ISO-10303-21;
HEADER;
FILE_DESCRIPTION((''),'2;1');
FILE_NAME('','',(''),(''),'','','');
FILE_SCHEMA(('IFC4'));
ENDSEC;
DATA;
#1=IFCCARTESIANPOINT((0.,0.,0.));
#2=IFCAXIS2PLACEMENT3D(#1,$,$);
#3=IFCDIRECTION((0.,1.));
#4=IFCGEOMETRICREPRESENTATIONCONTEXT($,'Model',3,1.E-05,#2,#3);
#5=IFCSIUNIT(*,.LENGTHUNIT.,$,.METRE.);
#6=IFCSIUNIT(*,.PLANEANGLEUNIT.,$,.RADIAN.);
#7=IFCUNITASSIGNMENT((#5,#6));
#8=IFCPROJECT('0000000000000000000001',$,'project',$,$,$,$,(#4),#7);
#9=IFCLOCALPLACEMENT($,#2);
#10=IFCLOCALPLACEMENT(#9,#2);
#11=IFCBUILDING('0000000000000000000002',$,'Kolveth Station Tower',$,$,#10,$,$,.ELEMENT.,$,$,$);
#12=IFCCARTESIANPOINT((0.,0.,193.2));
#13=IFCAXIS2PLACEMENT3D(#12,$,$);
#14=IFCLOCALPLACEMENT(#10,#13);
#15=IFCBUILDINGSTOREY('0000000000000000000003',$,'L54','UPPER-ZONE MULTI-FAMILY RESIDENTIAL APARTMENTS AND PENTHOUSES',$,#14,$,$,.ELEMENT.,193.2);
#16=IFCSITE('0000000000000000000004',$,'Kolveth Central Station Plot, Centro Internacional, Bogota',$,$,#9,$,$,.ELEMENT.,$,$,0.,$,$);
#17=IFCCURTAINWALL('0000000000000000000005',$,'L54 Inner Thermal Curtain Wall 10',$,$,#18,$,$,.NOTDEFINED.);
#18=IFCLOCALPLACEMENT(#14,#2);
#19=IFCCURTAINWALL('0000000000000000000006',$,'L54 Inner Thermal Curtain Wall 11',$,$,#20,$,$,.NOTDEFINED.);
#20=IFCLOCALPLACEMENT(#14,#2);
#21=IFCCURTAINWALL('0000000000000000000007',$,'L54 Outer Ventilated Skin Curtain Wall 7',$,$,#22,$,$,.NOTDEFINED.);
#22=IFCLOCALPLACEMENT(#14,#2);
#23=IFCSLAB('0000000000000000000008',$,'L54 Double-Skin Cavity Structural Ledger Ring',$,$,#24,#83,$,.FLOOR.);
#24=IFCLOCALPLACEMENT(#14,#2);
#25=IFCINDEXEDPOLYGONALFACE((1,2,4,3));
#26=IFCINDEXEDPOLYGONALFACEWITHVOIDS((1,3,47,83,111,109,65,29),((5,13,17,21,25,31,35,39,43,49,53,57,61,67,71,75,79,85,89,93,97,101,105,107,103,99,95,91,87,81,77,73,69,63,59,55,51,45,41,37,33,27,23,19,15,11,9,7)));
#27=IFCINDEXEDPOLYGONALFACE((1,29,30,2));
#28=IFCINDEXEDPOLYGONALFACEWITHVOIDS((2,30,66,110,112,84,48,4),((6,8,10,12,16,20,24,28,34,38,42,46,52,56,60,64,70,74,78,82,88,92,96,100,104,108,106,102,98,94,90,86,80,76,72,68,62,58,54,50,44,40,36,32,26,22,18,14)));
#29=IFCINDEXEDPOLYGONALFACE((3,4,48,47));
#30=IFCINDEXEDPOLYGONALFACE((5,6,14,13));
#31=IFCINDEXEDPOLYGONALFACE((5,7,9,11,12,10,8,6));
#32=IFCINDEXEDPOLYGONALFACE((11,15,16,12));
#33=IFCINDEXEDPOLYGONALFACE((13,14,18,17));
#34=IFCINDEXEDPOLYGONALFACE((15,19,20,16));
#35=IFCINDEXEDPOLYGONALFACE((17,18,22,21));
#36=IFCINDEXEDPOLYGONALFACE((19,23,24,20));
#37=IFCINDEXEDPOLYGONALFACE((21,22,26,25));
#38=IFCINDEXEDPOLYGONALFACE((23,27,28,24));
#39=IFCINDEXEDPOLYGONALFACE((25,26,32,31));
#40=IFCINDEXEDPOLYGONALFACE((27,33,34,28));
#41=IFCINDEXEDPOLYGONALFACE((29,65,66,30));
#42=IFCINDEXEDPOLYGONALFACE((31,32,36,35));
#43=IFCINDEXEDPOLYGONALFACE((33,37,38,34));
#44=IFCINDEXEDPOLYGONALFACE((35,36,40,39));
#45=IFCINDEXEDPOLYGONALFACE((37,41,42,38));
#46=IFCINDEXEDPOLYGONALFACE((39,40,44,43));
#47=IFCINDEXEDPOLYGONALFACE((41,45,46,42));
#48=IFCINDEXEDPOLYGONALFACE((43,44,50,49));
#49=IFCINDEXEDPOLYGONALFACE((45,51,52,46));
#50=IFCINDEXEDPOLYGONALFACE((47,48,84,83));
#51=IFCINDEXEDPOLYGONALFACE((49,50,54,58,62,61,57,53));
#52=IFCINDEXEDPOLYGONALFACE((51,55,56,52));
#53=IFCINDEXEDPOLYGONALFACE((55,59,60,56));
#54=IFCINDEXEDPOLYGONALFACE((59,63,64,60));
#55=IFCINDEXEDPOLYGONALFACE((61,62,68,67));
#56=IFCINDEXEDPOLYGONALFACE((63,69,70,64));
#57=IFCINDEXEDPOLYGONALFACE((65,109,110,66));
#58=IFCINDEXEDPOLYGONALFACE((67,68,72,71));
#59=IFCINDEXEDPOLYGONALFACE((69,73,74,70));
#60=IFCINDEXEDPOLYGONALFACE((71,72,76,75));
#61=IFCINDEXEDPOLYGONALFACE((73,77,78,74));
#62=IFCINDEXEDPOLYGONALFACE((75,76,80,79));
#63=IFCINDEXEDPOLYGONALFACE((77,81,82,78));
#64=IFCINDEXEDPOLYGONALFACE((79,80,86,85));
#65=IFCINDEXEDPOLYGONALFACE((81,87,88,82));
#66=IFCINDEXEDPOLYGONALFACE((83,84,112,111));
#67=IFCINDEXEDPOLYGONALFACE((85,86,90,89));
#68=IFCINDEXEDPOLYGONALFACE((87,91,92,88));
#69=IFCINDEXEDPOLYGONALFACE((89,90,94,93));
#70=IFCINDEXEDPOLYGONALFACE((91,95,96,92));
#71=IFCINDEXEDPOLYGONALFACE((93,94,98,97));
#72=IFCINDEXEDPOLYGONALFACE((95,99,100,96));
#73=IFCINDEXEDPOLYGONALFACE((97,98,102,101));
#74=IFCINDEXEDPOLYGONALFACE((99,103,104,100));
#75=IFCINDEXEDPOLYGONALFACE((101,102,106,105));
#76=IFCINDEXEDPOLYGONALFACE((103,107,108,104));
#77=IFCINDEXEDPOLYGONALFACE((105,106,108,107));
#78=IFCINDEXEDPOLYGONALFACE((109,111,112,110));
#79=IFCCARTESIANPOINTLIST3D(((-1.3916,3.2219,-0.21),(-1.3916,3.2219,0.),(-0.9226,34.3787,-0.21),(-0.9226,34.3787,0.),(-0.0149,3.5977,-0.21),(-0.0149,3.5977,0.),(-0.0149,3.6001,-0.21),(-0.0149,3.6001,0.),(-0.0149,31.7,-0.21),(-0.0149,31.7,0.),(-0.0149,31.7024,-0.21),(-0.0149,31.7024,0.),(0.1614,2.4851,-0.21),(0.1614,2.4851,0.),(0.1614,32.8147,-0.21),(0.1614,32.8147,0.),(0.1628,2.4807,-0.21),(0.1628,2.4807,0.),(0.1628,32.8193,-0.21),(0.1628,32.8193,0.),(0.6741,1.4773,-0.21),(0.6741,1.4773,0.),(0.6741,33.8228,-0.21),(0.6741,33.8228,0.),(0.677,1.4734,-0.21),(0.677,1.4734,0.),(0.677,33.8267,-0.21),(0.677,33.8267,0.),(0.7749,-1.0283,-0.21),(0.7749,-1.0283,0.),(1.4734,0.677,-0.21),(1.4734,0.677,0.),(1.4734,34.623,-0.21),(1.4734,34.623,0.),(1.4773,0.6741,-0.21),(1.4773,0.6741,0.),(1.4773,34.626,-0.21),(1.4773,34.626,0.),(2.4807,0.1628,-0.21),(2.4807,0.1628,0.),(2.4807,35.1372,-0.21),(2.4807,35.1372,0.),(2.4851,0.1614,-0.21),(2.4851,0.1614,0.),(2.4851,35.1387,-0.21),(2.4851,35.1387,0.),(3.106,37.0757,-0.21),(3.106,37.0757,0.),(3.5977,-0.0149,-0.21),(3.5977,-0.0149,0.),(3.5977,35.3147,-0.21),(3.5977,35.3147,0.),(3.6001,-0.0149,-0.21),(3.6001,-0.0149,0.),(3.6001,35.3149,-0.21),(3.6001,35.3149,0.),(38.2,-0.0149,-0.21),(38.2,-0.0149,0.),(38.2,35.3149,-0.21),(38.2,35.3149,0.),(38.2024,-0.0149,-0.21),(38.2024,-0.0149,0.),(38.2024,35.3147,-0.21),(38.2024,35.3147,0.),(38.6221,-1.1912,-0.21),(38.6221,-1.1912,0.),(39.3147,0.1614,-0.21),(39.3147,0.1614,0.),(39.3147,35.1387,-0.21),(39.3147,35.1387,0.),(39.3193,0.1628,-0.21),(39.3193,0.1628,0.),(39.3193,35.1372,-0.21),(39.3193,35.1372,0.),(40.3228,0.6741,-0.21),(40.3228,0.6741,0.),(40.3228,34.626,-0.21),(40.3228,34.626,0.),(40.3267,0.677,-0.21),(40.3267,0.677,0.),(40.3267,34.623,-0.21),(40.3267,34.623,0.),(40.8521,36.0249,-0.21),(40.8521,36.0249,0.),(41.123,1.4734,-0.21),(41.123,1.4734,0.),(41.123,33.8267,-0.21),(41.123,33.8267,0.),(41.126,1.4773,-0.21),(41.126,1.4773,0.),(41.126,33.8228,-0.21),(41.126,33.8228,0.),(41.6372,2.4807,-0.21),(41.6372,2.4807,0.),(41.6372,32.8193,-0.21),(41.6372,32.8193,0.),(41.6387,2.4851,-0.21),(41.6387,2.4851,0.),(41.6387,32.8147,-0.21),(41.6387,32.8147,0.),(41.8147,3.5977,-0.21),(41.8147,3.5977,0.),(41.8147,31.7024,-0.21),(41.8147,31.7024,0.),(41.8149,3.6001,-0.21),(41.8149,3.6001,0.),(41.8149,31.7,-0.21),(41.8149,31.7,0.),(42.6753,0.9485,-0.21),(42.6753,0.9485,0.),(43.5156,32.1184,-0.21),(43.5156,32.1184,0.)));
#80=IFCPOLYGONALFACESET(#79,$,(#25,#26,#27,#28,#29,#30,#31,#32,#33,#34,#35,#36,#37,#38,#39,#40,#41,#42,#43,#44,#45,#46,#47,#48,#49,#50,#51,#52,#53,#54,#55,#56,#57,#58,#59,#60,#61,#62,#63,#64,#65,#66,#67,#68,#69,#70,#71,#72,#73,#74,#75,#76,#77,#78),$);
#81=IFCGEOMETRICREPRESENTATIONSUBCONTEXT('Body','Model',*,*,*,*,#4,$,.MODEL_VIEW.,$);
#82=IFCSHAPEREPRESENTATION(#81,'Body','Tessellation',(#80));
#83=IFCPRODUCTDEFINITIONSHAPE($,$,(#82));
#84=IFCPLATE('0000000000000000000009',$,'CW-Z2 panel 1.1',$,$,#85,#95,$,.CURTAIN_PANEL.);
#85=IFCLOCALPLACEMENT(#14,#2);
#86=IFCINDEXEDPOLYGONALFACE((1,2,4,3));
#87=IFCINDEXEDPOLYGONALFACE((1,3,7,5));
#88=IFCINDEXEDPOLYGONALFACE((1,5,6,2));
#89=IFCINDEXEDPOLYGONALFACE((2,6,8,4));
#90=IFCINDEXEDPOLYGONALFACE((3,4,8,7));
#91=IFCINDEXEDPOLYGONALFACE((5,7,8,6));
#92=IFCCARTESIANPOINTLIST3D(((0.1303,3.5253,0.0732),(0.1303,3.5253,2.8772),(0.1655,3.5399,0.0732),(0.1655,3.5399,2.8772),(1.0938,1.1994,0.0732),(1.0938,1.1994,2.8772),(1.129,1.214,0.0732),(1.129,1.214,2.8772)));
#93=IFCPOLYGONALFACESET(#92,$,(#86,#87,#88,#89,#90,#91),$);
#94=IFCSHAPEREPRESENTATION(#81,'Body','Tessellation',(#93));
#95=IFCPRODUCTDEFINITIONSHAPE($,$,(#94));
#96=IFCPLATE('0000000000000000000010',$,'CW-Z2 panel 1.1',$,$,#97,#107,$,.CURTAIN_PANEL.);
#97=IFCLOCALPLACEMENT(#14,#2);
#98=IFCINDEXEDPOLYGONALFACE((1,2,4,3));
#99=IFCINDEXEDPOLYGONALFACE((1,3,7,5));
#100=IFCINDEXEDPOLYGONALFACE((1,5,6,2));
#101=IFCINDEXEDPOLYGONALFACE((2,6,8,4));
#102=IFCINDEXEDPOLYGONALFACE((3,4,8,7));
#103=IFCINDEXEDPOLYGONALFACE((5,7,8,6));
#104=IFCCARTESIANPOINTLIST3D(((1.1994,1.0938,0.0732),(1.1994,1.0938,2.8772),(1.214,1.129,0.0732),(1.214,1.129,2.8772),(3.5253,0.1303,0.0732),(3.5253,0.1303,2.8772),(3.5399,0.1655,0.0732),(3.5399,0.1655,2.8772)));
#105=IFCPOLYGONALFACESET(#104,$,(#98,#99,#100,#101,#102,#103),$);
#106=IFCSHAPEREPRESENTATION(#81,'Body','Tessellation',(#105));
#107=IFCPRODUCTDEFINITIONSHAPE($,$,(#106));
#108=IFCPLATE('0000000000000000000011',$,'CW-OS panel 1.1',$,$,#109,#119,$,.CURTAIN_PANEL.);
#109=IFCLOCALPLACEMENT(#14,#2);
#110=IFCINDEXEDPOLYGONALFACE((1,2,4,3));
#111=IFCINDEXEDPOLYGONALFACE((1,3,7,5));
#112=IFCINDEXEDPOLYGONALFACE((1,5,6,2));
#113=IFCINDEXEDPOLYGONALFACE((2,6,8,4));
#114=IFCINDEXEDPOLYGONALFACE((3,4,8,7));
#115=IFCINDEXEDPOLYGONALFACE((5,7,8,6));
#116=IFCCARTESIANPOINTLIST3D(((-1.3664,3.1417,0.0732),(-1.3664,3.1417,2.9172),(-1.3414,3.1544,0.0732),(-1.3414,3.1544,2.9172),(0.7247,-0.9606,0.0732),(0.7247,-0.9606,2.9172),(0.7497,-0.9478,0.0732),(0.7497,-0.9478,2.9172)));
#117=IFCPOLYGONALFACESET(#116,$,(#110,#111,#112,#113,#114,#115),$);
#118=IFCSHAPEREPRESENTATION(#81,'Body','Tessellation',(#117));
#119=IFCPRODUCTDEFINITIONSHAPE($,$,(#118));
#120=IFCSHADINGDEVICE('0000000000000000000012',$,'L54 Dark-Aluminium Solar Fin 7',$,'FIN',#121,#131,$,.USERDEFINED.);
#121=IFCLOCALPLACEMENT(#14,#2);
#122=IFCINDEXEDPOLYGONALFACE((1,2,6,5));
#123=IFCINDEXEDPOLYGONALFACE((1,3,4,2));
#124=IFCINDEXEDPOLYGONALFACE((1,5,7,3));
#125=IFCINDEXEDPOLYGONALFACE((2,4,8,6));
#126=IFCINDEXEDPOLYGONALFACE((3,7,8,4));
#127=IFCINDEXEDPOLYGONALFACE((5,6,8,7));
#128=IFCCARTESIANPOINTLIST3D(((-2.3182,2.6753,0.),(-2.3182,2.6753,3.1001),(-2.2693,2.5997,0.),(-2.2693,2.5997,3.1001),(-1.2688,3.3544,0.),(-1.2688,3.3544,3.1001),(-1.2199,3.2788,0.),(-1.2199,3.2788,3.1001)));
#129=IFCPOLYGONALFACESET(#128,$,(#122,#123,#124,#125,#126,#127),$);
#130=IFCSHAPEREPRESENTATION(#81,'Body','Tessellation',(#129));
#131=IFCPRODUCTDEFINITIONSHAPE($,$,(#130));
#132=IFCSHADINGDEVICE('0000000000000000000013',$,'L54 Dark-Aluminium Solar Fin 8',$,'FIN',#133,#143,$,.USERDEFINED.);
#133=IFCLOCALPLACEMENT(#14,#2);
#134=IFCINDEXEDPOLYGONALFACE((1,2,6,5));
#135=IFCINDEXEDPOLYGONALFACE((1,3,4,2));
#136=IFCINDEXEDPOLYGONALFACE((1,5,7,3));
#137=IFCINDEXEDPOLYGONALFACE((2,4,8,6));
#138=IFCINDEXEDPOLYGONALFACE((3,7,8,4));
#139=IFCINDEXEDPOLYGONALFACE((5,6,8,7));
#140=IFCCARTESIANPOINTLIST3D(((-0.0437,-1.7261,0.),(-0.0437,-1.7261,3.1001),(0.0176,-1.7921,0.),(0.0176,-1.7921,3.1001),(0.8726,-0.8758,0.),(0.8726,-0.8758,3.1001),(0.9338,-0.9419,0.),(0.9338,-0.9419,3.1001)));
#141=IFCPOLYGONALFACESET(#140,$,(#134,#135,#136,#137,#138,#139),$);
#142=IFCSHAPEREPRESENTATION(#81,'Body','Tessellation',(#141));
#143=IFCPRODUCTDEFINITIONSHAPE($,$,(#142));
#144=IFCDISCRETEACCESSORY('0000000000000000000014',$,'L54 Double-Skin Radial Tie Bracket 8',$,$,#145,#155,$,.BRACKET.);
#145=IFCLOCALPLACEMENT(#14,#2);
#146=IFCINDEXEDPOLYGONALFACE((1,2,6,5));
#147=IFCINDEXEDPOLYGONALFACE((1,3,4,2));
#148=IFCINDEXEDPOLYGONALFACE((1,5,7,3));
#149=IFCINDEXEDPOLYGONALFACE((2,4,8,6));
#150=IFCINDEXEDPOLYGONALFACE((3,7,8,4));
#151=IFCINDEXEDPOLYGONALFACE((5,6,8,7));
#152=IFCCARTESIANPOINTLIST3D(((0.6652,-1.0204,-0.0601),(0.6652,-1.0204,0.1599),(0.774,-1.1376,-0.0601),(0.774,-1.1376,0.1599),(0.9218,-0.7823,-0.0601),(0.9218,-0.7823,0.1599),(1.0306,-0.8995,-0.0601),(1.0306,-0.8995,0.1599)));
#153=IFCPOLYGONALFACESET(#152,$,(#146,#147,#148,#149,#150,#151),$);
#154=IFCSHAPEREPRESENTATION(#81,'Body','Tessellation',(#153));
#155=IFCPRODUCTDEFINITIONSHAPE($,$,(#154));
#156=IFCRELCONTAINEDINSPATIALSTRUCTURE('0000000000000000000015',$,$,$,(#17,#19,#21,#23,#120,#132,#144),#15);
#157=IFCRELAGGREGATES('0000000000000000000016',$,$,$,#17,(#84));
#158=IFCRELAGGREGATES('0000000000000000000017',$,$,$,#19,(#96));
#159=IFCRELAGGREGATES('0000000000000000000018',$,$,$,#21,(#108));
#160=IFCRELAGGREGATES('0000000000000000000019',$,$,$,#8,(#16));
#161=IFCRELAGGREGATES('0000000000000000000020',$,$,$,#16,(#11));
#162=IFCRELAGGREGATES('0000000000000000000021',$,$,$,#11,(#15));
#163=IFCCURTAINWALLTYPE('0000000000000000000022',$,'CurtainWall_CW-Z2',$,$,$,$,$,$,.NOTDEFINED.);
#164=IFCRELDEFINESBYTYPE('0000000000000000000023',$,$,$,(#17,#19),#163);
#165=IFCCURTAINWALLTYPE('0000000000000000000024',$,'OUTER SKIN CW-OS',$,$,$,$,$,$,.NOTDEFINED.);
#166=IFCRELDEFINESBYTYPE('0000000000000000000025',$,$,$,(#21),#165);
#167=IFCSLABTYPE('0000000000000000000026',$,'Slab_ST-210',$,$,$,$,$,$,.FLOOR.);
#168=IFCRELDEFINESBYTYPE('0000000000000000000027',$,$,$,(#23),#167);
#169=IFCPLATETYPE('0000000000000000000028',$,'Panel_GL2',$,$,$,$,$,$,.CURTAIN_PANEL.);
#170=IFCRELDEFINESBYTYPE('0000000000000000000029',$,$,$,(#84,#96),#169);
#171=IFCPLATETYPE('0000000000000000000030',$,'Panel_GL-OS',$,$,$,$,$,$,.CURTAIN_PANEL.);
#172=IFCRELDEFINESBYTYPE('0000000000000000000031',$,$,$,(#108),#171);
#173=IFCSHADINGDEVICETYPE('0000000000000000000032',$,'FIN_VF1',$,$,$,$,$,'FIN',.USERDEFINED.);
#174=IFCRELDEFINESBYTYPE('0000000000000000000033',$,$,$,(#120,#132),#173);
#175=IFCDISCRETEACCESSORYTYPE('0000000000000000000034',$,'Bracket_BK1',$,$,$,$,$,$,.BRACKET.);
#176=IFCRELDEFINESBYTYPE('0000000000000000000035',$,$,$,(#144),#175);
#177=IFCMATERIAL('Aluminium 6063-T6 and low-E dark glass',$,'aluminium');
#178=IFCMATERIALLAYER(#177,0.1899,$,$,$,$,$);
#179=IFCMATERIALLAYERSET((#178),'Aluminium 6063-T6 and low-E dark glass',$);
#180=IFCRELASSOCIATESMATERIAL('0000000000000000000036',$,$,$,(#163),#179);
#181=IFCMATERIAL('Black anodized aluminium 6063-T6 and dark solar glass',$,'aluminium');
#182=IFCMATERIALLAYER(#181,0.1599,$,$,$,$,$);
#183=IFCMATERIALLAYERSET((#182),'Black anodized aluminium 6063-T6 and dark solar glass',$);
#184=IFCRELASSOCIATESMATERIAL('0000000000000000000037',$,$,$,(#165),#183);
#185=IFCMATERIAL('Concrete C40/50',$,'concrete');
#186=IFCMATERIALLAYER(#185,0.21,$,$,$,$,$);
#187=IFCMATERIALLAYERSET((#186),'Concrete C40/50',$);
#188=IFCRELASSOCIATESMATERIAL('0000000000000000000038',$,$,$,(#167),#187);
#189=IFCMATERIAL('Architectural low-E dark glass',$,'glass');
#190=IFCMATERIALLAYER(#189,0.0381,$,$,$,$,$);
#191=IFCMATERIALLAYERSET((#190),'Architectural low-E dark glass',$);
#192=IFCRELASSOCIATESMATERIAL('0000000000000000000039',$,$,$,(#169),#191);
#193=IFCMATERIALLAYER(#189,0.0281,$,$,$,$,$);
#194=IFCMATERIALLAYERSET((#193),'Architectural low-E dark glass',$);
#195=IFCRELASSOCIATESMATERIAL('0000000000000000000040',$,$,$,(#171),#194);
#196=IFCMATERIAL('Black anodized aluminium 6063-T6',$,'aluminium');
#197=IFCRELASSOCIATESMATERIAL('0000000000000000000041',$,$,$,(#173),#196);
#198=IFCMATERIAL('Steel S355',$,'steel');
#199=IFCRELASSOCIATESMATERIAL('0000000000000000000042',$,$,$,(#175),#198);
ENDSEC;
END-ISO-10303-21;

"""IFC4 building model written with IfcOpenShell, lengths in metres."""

from ifc_helpers import new_model, si_unit, direction, frame, origin, origin_2d, place, context, subcontext, project, spatial, polyline, rectangle, outline, extrude, source, transform, mapped, material, layer, layer_set, type_object, element, aggregate, save


model = new_model("IFC4")

# Units and contexts
model_context = context("Model", 3, precision=1e-05, world=origin(), true_north=direction((0.0, 1.0)))
body_context = subcontext(model_context, "Body", "Model", "MODEL_VIEW")
ifc_project = project(units=[si_unit("LENGTHUNIT", "METRE"), si_unit("PLANEANGLEUNIT", "RADIAN")], contexts=[model_context])

# Site, building, storey
site_placement = place(None, origin())
site = spatial("IfcSite", under=ifc_project, at=site_placement, Name="Kolveth Central Station Plot, Centro Internacional, Bogota", CompositionType="ELEMENT", RefElevation=0.0)
building_placement = place(site_placement, origin())
building = spatial("IfcBuilding", under=site, at=building_placement, Name="Kolveth Station Tower", CompositionType="ELEMENT")
storey_placement = place(building_placement, frame((0.0, 0.0, 193.2)))
storey = spatial("IfcBuildingStorey", under=building, at=storey_placement, Name="L54", Description="UPPER-ZONE MULTI-FAMILY RESIDENTIAL APARTMENTS AND PENTHOUSES", CompositionType="ELEMENT", Elevation=193.2)

# Curtain wall
ifc_material_1 = material(Name="Aluminium 6063-T6 and low-E dark glass", Category="aluminium")
ifc_layer_1 = layer(ifc_material_1, 0.1899)
ifc_layer_set_1 = layer_set([ifc_layer_1], Name="Aluminium 6063-T6 and low-E dark glass")
curtain_wall_type_1 = type_object("IfcCurtainWallType", Name="CurtainWall_CW-Z2", PredefinedType="NOTDEFINED", material=ifc_layer_set_1)
curtain_wall_1_placement = place(storey_placement, origin())
curtain_wall_1 = element("IfcCurtainWall", 1, at=curtain_wall_1_placement, inside=storey, type_object=curtain_wall_type_1, Name="L54 Inner Thermal Curtain Wall 10", PredefinedType="NOTDEFINED")
ifc_material_2 = material(Name="Black anodized aluminium 6063-T6", Category="aluminium")

# Curtain wall
curtain_wall_2_placement = place(storey_placement, origin())
curtain_wall_2 = element("IfcCurtainWall", 2, at=curtain_wall_2_placement, inside=storey, type_object=curtain_wall_type_1, Name="L54 Inner Thermal Curtain Wall 11", PredefinedType="NOTDEFINED")

# Curtain wall
ifc_material_3 = material(Name="Black anodized aluminium 6063-T6 and dark solar glass", Category="aluminium")
ifc_layer_2 = layer(ifc_material_3, 0.1599)
ifc_layer_set_2 = layer_set([ifc_layer_2], Name="Black anodized aluminium 6063-T6 and dark solar glass")
curtain_wall_type_2 = type_object("IfcCurtainWallType", Name="OUTER SKIN CW-OS", PredefinedType="NOTDEFINED", material=ifc_layer_set_2)
curtain_wall_3_placement = place(storey_placement, origin())
curtain_wall_3 = element("IfcCurtainWall", 3, at=curtain_wall_3_placement, inside=storey, type_object=curtain_wall_type_2, Name="L54 Outer Ventilated Skin Curtain Wall 7", PredefinedType="NOTDEFINED")

# Shared definitions
ifc_material_4 = material(Name="Concrete C40/50", Category="concrete")

# Slab
ifc_layer_3 = layer(ifc_material_4, 0.21)
ifc_layer_set_3 = layer_set([ifc_layer_3], Name="Concrete C40/50")
slab_type_1 = type_object("IfcSlabType", Name="Slab_ST-210", PredefinedType="FLOOR", material=ifc_layer_set_3)
slab_1_placement = place(storey_placement, frame((0.0, 0.0, -0.21)))
element("IfcSlab", 4, at=slab_1_placement, inside=storey, type_object=slab_type_1, Name="L54 Double-Skin Cavity Structural Ledger Ring", PredefinedType="FLOOR", context=body_context, shape_type="SweptSolid", body=[
    extrude(outline(polyline([(0.7749, -1.0283), (-1.3916, 3.2219), (-0.9226, 34.3787), (3.106, 37.0757), (40.8521, 36.0249), (43.5156, 32.1184), (42.6753, 0.9485), (38.6221, -1.1912), (0.7749, -1.0283)]), holes=[polyline([(38.2024, -0.0149), (39.3147, 0.1614), (39.3193, 0.1628), (40.3228, 0.6741), (40.3267, 0.677), (41.123, 1.4734), (41.126, 1.4773), (41.6372, 2.4807), (41.6387, 2.4851), (41.8147, 3.5977), (41.8149, 3.6001), (41.8149, 31.7), (41.8147, 31.7024), (41.6387, 32.8147), (41.6372, 32.8193), (41.126, 33.8228), (41.123, 33.8267), (40.3267, 34.623), (40.3228, 34.626), (39.3193, 35.1372), (39.3147, 35.1387), (38.2024, 35.3147), (38.2, 35.3149), (3.6001, 35.3149), (3.5977, 35.3147), (2.4851, 35.1387), (2.4807, 35.1372), (1.4773, 34.626), (1.4734, 34.623), (0.677, 33.8267), (0.6741, 33.8228), (0.1628, 32.8193), (0.1614, 32.8147), (-0.0149, 31.7024), (-0.0149, 31.7), (-0.0149, 3.6001), (-0.0149, 3.5977), (0.1614, 2.4851), (0.1628, 2.4807), (0.6741, 1.4773), (0.677, 1.4734), (1.4734, 0.677), (1.4773, 0.6741), (2.4807, 0.1628), (2.4851, 0.1614), (3.5977, -0.0149), (3.6001, -0.0149), (38.2, -0.0149), (38.2024, -0.0149)])]), origin(), (0.0, 0.0, 1.0), 0.21),
])

# Plates
ifc_material_5 = material(Name="Architectural low-E dark glass", Category="glass")
ifc_layer_4 = layer(ifc_material_5, 0.0381)
ifc_layer_set_4 = layer_set([ifc_layer_4], Name="Architectural low-E dark glass")
plate_type_1 = type_object("IfcPlateType", Name="Panel_GL2", PredefinedType="CURTAIN_PANEL", material=ifc_layer_set_4)
shared_shape_1 = source(origin(), body_context, "Body", "SweptSolid", [
    extrude(rectangle(XDim=2.5176, YDim=0.0381, at=origin_2d()), origin(), (0.0, 0.0, 1.0), 2.804),
])
plate_1_placement = place(storey_placement, frame((0.6296, 2.3696, 0.0732), z_axis=(0.0, 0.0, 1.0), x_axis=(0.382698, -0.923874, 0.0)))
plate_1 = element("IfcPlate", 5, at=plate_1_placement, type_object=plate_type_1, Name="CW-Z2 panel 1.1", PredefinedType="CURTAIN_PANEL", context=body_context, shape_type="MappedRepresentation", body=[
    mapped(shared_shape_1, transform((0.0, 0.0, 0.0), x_axis=(1.0, 0.0, 0.0), y_axis=(0.0, 1.0, 0.0), z_axis=(0.0, 0.0, 1.0), scale=1.0)),
])
aggregate(curtain_wall_1, [plate_1])
plate_2_placement = place(storey_placement, frame((2.3696, 0.6296, 0.0732), z_axis=(0.0, 0.0, 1.0), x_axis=(0.923874, -0.382698, 0.0)))
plate_2 = element("IfcPlate", 6, at=plate_2_placement, type_object=plate_type_1, Name="CW-Z2 panel 1.1", PredefinedType="CURTAIN_PANEL", context=body_context, shape_type="MappedRepresentation", body=[
    mapped(shared_shape_1, transform((0.0, 0.0, 0.0), x_axis=(1.0, 0.0, 0.0), y_axis=(0.0, 1.0, 0.0), z_axis=(0.0, 0.0, 1.0), scale=1.0)),
])
aggregate(curtain_wall_2, [plate_2])
ifc_layer_5 = layer(ifc_material_5, 0.0281)
ifc_layer_set_5 = layer_set([ifc_layer_5], Name="Architectural low-E dark glass")
plate_type_2 = type_object("IfcPlateType", Name="Panel_GL-OS", PredefinedType="CURTAIN_PANEL", material=ifc_layer_set_5)
shared_shape_2 = source(origin(), body_context, "Body", "SweptSolid", [
    extrude(rectangle(XDim=4.6045, YDim=0.0281, at=origin_2d()), origin(), (0.0, 0.0, 1.0), 2.844),
])
plate_3_placement = place(storey_placement, frame((-0.3083, 1.0969, 0.0732), z_axis=(0.0, 0.0, 1.0), x_axis=(0.454159, -0.89092, 0.0)))
plate_3 = element("IfcPlate", 7, at=plate_3_placement, type_object=plate_type_2, Name="CW-OS panel 1.1", PredefinedType="CURTAIN_PANEL", context=body_context, shape_type="MappedRepresentation", body=[
    mapped(shared_shape_2, transform((0.0, 0.0, 0.0), x_axis=(1.0, 0.0, 0.0), y_axis=(0.0, 1.0, 0.0), z_axis=(0.0, 0.0, 1.0), scale=1.0)),
])
aggregate(curtain_wall_3, [plate_3])

# Shading devices
shading_device_type = type_object("IfcShadingDeviceType", Name="FIN_VF1", ElementType="FIN", PredefinedType="USERDEFINED", material=ifc_material_2)
shared_shape_3 = source(origin(), body_context, "Body", "SweptSolid", [
    extrude(rectangle(XDim=1.25, YDim=0.0901, at=origin_2d()), origin(), (0.0, 0.0, 1.0), 3.1001),
])
for number, where, z_axis, x_axis, name in (
    (8, (-1.769, 2.9771, 0.0), (0.0, 0.0, 1.0), (-0.839525, -0.543321, 0.0), "L54 Dark-Aluminium Solar Fin 7"),
    (9, (0.4451, -1.334, 0.0), (0.0, 0.0, 1.0), (-0.733018, -0.680209, 0.0), "L54 Dark-Aluminium Solar Fin 8"),
):
    element("IfcShadingDevice", number, at=place(storey_placement, frame(where, z_axis=z_axis, x_axis=x_axis)), inside=storey, type_object=shading_device_type, Name=name, ObjectType="FIN", PredefinedType="USERDEFINED", context=body_context, shape_type="MappedRepresentation", body=[
        mapped(shared_shape_3, transform((0.0, 0.0, 0.0), x_axis=(1.0, 0.0, 0.0), y_axis=(0.0, 1.0, 0.0), z_axis=(0.0, 0.0, 1.0), scale=1.0)),
    ])

# Discrete accessory
ifc_material_6 = material(Name="Steel S355", Category="steel")
discrete_accessory_type = type_object("IfcDiscreteAccessoryType", Name="Bracket_BK1", PredefinedType="BRACKET", material=ifc_material_6)
shared_shape_4 = source(origin(), body_context, "Body", "SweptSolid", [
    extrude(rectangle(XDim=0.3501, YDim=0.1599, at=origin_2d()), origin(), (0.0, 0.0, 1.0), 0.22),
])
discrete_accessory_placement = place(storey_placement, frame((0.8479, -0.96, -0.0601), z_axis=(0.0, 0.0, 1.0), x_axis=(-0.733018, -0.680209, 0.0)))
element("IfcDiscreteAccessory", 10, at=discrete_accessory_placement, inside=storey, type_object=discrete_accessory_type, Name="L54 Double-Skin Radial Tie Bracket 8", PredefinedType="BRACKET", context=body_context, shape_type="MappedRepresentation", body=[
    mapped(shared_shape_4, transform((0.0, 0.0, 0.0), x_axis=(1.0, 0.0, 0.0), y_axis=(0.0, 1.0, 0.0), z_axis=(0.0, 0.0, 1.0), scale=1.0)),
])

save(model, "model.ifc")
